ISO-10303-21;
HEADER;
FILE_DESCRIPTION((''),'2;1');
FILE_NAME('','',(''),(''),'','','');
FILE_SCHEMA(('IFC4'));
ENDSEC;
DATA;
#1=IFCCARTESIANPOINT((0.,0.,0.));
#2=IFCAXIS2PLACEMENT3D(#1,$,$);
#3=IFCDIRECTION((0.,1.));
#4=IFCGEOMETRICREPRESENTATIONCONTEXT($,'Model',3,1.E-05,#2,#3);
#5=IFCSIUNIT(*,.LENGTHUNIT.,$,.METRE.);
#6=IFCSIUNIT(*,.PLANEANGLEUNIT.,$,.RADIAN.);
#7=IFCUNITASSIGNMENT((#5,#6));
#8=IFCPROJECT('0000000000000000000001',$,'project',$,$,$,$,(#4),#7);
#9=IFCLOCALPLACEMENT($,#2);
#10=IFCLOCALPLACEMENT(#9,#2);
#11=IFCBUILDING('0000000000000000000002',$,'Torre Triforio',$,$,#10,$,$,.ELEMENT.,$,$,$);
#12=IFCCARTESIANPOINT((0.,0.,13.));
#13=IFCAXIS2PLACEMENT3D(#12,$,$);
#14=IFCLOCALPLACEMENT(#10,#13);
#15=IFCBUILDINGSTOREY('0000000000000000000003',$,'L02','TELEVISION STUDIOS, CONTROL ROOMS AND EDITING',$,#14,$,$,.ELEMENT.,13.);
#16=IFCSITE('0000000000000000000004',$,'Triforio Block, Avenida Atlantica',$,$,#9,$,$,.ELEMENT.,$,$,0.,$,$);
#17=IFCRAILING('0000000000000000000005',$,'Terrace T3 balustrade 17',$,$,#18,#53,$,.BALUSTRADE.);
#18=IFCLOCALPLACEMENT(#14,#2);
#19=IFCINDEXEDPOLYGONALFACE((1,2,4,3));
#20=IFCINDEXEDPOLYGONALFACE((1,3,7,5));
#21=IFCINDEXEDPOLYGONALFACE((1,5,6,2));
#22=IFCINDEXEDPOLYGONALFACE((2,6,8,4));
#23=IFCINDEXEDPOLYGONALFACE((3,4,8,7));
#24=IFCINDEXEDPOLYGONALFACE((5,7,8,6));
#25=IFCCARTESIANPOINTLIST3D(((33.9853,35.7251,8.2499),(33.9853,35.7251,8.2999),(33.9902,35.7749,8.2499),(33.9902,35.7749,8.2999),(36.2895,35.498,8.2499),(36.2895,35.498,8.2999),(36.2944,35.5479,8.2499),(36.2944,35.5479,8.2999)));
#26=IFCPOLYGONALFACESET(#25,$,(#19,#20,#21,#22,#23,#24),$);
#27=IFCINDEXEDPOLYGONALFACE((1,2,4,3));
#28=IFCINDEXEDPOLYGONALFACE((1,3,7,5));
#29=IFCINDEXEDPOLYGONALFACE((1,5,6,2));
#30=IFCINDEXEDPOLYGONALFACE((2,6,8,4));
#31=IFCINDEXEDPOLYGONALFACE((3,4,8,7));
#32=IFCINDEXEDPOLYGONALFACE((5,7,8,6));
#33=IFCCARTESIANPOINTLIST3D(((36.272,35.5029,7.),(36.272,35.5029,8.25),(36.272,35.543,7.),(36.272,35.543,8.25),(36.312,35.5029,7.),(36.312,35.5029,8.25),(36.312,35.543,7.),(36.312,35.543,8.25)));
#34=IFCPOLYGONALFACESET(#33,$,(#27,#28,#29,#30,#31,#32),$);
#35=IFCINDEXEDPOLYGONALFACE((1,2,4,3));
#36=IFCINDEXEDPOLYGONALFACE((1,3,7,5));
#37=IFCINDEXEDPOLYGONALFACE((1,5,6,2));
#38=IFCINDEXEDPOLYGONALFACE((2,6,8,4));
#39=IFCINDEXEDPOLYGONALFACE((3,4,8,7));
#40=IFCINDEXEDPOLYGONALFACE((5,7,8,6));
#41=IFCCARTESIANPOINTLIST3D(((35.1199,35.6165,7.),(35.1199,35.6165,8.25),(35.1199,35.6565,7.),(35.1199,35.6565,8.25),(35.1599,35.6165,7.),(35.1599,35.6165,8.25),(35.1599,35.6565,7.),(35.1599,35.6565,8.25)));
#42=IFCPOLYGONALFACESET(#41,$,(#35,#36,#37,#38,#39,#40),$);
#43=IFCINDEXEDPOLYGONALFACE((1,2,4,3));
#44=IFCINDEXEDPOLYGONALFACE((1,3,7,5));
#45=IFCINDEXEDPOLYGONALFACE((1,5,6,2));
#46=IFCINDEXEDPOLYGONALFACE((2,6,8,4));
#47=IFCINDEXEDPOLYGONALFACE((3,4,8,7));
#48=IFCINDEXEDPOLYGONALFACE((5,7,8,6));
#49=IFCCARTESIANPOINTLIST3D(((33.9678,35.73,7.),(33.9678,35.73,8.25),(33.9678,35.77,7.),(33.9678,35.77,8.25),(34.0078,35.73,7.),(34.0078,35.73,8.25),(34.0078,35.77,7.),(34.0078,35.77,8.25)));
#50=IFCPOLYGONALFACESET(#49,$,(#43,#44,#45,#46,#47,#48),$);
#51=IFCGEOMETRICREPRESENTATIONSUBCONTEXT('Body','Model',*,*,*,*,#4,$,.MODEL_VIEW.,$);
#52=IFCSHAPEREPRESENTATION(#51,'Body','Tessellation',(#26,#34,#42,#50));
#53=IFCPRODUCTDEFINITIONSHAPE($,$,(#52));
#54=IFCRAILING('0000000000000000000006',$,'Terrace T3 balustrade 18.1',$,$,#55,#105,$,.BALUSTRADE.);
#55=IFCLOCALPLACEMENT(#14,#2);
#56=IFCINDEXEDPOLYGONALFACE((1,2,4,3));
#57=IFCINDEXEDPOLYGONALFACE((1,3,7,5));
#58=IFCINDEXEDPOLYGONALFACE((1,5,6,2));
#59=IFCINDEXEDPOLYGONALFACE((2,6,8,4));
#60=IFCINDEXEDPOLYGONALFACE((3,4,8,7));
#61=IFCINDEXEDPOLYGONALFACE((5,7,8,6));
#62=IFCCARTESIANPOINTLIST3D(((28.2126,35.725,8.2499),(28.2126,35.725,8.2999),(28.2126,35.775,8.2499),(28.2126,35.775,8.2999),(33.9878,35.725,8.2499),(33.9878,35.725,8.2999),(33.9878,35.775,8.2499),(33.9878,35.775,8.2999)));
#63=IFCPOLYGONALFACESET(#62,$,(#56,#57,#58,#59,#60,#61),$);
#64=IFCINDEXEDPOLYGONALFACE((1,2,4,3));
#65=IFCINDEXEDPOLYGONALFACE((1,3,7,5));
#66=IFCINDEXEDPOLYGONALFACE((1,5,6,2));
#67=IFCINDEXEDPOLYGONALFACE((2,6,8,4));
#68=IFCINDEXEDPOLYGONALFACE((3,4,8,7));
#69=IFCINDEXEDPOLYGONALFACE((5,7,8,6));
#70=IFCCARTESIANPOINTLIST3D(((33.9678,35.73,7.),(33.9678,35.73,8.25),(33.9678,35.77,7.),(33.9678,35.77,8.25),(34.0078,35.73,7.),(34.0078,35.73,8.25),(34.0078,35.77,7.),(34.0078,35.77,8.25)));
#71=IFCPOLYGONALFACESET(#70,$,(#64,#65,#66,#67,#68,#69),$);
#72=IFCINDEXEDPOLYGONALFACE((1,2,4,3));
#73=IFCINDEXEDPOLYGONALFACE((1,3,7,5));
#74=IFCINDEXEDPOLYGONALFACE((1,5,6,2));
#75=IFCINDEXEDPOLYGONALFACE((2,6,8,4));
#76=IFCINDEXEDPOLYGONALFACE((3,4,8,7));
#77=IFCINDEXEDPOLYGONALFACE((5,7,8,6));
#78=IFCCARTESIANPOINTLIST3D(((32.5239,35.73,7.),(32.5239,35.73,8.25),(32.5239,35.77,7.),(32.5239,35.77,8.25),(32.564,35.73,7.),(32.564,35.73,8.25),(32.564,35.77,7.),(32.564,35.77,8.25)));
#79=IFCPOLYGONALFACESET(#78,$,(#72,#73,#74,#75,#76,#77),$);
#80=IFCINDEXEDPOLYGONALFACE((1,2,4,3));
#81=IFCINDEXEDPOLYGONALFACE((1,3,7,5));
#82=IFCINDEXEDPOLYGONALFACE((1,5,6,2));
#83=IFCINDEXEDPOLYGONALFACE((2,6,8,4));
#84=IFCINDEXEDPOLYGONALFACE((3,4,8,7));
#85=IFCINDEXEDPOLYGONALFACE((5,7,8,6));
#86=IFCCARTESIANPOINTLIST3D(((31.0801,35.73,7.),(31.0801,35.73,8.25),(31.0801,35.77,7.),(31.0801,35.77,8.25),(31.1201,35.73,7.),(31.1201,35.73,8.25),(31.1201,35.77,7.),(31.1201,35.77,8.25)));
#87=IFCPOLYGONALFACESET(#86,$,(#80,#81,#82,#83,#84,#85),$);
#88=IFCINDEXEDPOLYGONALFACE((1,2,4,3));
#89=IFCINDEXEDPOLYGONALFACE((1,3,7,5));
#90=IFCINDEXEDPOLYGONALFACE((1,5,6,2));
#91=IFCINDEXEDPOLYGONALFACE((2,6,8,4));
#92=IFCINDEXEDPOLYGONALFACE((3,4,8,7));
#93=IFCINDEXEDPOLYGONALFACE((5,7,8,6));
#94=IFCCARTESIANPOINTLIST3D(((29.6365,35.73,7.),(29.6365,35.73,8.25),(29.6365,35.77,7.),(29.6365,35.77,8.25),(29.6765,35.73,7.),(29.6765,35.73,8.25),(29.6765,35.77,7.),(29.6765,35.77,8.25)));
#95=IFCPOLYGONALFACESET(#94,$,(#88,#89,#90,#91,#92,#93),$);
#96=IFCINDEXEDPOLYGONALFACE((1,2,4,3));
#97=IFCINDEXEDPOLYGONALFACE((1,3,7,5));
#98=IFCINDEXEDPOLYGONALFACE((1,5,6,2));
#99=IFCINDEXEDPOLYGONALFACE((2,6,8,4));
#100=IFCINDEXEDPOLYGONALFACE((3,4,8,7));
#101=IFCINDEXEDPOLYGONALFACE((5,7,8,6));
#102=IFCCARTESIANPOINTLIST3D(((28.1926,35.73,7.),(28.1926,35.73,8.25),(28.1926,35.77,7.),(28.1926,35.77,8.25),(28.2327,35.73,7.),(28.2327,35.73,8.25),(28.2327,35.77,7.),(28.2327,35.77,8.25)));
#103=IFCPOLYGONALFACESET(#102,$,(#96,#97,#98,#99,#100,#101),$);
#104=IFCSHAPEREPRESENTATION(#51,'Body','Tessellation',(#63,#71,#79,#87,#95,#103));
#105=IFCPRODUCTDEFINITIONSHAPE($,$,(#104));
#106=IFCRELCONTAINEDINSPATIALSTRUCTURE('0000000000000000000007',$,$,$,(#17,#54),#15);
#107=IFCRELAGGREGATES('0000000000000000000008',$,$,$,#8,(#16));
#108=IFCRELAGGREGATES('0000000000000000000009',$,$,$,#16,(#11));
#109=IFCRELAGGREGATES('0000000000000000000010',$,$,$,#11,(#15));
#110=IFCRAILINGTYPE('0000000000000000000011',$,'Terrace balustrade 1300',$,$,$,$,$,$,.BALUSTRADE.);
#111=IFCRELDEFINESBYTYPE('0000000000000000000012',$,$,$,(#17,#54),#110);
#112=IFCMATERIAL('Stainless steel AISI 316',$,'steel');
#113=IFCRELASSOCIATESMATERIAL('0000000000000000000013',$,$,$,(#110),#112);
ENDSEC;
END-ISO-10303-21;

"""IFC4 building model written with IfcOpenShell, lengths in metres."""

from ifc_helpers import new_model, si_unit, direction, frame, origin, origin_2d, place, context, subcontext, project, spatial, rectangle, extrude, material, type_object, element, save


model = new_model("IFC4")

# Units and contexts
model_context = context("Model", 3, precision=1e-05, world=origin(), true_north=direction((0.0, 1.0)))
body_context = subcontext(model_context, "Body", "Model", "MODEL_VIEW")
ifc_project = project(units=[si_unit("LENGTHUNIT", "METRE"), si_unit("PLANEANGLEUNIT", "RADIAN")], contexts=[model_context])

# Site, building, storey
site_placement = place(None, origin())
site = spatial("IfcSite", under=ifc_project, at=site_placement, Name="Triforio Block, Avenida Atlantica", CompositionType="ELEMENT", RefElevation=0.0)
building_placement = place(site_placement, origin())
building = spatial("IfcBuilding", under=site, at=building_placement, Name="Torre Triforio", CompositionType="ELEMENT")
storey_placement = place(building_placement, frame((0.0, 0.0, 13.0)))
storey = spatial("IfcBuildingStorey", under=building, at=storey_placement, Name="L02", Description="TELEVISION STUDIOS, CONTROL ROOMS AND EDITING", CompositionType="ELEMENT", Elevation=13.0)

# Railings
ifc_material_1 = material(Name="Stainless steel AISI 316", Category="steel")
railing_type = type_object("IfcRailingType", Name="Terrace balustrade 1300", PredefinedType="BALUSTRADE", material=ifc_material_1)
railing_1_placement = place(storey_placement, frame((36.292, 35.5229, 7.0)))
element("IfcRailing", 1, at=railing_1_placement, inside=storey, type_object=railing_type, Name="Terrace T3 balustrade 17", PredefinedType="BALUSTRADE", context=body_context, shape_type="SweptSolid", body=[
    extrude(rectangle(XDim=0.05, YDim=0.05, at=origin_2d()), frame((0.0, 0.0, 1.2749), z_axis=(-0.99518, 0.098063, 0.0), x_axis=(-0.098063, -0.99518, 0.0)), (0.0, 0.0, 1.0), 2.3154),
    extrude(rectangle(XDim=0.04, YDim=0.04, at=origin_2d()), origin(), (0.0, 0.0, 1.0), 1.25),
    extrude(rectangle(XDim=0.04, YDim=0.04, at=origin_2d()), frame((-1.1521, 0.1135, 0.0)), (0.0, 0.0, 1.0), 1.25),
    extrude(rectangle(XDim=0.04, YDim=0.04, at=origin_2d()), frame((-2.3042, 0.2271, 0.0)), (0.0, 0.0, 1.0), 1.25),
])
railing_2_placement = place(storey_placement, frame((33.9878, 35.75, 7.0)))
element("IfcRailing", 2, at=railing_2_placement, inside=storey, type_object=railing_type, Name="Terrace T3 balustrade 18.1", PredefinedType="BALUSTRADE", context=body_context, shape_type="SweptSolid", body=[
    extrude(rectangle(XDim=0.05, YDim=0.05, at=origin_2d()), frame((0.0, 0.0, 1.2749), z_axis=(-1.0, 0.0, 0.0), x_axis=(0.0, -1.0, 0.0)), (0.0, 0.0, 1.0), 5.7751),
    extrude(rectangle(XDim=0.04, YDim=0.04, at=origin_2d()), origin(), (0.0, 0.0, 1.0), 1.25),
    extrude(rectangle(XDim=0.04, YDim=0.04, at=origin_2d()), frame((-1.4438, 0.0, 0.0)), (0.0, 0.0, 1.0), 1.25),
    extrude(rectangle(XDim=0.04, YDim=0.04, at=origin_2d()), frame((-2.8877, 0.0, 0.0)), (0.0, 0.0, 1.0), 1.25),
    extrude(rectangle(XDim=0.04, YDim=0.04, at=origin_2d()), frame((-4.3313, 0.0, 0.0)), (0.0, 0.0, 1.0), 1.25),
    extrude(rectangle(XDim=0.04, YDim=0.04, at=origin_2d()), frame((-5.7751, 0.0, 0.0)), (0.0, 0.0, 1.0), 1.25),
])

save(model, "model.ifc")
